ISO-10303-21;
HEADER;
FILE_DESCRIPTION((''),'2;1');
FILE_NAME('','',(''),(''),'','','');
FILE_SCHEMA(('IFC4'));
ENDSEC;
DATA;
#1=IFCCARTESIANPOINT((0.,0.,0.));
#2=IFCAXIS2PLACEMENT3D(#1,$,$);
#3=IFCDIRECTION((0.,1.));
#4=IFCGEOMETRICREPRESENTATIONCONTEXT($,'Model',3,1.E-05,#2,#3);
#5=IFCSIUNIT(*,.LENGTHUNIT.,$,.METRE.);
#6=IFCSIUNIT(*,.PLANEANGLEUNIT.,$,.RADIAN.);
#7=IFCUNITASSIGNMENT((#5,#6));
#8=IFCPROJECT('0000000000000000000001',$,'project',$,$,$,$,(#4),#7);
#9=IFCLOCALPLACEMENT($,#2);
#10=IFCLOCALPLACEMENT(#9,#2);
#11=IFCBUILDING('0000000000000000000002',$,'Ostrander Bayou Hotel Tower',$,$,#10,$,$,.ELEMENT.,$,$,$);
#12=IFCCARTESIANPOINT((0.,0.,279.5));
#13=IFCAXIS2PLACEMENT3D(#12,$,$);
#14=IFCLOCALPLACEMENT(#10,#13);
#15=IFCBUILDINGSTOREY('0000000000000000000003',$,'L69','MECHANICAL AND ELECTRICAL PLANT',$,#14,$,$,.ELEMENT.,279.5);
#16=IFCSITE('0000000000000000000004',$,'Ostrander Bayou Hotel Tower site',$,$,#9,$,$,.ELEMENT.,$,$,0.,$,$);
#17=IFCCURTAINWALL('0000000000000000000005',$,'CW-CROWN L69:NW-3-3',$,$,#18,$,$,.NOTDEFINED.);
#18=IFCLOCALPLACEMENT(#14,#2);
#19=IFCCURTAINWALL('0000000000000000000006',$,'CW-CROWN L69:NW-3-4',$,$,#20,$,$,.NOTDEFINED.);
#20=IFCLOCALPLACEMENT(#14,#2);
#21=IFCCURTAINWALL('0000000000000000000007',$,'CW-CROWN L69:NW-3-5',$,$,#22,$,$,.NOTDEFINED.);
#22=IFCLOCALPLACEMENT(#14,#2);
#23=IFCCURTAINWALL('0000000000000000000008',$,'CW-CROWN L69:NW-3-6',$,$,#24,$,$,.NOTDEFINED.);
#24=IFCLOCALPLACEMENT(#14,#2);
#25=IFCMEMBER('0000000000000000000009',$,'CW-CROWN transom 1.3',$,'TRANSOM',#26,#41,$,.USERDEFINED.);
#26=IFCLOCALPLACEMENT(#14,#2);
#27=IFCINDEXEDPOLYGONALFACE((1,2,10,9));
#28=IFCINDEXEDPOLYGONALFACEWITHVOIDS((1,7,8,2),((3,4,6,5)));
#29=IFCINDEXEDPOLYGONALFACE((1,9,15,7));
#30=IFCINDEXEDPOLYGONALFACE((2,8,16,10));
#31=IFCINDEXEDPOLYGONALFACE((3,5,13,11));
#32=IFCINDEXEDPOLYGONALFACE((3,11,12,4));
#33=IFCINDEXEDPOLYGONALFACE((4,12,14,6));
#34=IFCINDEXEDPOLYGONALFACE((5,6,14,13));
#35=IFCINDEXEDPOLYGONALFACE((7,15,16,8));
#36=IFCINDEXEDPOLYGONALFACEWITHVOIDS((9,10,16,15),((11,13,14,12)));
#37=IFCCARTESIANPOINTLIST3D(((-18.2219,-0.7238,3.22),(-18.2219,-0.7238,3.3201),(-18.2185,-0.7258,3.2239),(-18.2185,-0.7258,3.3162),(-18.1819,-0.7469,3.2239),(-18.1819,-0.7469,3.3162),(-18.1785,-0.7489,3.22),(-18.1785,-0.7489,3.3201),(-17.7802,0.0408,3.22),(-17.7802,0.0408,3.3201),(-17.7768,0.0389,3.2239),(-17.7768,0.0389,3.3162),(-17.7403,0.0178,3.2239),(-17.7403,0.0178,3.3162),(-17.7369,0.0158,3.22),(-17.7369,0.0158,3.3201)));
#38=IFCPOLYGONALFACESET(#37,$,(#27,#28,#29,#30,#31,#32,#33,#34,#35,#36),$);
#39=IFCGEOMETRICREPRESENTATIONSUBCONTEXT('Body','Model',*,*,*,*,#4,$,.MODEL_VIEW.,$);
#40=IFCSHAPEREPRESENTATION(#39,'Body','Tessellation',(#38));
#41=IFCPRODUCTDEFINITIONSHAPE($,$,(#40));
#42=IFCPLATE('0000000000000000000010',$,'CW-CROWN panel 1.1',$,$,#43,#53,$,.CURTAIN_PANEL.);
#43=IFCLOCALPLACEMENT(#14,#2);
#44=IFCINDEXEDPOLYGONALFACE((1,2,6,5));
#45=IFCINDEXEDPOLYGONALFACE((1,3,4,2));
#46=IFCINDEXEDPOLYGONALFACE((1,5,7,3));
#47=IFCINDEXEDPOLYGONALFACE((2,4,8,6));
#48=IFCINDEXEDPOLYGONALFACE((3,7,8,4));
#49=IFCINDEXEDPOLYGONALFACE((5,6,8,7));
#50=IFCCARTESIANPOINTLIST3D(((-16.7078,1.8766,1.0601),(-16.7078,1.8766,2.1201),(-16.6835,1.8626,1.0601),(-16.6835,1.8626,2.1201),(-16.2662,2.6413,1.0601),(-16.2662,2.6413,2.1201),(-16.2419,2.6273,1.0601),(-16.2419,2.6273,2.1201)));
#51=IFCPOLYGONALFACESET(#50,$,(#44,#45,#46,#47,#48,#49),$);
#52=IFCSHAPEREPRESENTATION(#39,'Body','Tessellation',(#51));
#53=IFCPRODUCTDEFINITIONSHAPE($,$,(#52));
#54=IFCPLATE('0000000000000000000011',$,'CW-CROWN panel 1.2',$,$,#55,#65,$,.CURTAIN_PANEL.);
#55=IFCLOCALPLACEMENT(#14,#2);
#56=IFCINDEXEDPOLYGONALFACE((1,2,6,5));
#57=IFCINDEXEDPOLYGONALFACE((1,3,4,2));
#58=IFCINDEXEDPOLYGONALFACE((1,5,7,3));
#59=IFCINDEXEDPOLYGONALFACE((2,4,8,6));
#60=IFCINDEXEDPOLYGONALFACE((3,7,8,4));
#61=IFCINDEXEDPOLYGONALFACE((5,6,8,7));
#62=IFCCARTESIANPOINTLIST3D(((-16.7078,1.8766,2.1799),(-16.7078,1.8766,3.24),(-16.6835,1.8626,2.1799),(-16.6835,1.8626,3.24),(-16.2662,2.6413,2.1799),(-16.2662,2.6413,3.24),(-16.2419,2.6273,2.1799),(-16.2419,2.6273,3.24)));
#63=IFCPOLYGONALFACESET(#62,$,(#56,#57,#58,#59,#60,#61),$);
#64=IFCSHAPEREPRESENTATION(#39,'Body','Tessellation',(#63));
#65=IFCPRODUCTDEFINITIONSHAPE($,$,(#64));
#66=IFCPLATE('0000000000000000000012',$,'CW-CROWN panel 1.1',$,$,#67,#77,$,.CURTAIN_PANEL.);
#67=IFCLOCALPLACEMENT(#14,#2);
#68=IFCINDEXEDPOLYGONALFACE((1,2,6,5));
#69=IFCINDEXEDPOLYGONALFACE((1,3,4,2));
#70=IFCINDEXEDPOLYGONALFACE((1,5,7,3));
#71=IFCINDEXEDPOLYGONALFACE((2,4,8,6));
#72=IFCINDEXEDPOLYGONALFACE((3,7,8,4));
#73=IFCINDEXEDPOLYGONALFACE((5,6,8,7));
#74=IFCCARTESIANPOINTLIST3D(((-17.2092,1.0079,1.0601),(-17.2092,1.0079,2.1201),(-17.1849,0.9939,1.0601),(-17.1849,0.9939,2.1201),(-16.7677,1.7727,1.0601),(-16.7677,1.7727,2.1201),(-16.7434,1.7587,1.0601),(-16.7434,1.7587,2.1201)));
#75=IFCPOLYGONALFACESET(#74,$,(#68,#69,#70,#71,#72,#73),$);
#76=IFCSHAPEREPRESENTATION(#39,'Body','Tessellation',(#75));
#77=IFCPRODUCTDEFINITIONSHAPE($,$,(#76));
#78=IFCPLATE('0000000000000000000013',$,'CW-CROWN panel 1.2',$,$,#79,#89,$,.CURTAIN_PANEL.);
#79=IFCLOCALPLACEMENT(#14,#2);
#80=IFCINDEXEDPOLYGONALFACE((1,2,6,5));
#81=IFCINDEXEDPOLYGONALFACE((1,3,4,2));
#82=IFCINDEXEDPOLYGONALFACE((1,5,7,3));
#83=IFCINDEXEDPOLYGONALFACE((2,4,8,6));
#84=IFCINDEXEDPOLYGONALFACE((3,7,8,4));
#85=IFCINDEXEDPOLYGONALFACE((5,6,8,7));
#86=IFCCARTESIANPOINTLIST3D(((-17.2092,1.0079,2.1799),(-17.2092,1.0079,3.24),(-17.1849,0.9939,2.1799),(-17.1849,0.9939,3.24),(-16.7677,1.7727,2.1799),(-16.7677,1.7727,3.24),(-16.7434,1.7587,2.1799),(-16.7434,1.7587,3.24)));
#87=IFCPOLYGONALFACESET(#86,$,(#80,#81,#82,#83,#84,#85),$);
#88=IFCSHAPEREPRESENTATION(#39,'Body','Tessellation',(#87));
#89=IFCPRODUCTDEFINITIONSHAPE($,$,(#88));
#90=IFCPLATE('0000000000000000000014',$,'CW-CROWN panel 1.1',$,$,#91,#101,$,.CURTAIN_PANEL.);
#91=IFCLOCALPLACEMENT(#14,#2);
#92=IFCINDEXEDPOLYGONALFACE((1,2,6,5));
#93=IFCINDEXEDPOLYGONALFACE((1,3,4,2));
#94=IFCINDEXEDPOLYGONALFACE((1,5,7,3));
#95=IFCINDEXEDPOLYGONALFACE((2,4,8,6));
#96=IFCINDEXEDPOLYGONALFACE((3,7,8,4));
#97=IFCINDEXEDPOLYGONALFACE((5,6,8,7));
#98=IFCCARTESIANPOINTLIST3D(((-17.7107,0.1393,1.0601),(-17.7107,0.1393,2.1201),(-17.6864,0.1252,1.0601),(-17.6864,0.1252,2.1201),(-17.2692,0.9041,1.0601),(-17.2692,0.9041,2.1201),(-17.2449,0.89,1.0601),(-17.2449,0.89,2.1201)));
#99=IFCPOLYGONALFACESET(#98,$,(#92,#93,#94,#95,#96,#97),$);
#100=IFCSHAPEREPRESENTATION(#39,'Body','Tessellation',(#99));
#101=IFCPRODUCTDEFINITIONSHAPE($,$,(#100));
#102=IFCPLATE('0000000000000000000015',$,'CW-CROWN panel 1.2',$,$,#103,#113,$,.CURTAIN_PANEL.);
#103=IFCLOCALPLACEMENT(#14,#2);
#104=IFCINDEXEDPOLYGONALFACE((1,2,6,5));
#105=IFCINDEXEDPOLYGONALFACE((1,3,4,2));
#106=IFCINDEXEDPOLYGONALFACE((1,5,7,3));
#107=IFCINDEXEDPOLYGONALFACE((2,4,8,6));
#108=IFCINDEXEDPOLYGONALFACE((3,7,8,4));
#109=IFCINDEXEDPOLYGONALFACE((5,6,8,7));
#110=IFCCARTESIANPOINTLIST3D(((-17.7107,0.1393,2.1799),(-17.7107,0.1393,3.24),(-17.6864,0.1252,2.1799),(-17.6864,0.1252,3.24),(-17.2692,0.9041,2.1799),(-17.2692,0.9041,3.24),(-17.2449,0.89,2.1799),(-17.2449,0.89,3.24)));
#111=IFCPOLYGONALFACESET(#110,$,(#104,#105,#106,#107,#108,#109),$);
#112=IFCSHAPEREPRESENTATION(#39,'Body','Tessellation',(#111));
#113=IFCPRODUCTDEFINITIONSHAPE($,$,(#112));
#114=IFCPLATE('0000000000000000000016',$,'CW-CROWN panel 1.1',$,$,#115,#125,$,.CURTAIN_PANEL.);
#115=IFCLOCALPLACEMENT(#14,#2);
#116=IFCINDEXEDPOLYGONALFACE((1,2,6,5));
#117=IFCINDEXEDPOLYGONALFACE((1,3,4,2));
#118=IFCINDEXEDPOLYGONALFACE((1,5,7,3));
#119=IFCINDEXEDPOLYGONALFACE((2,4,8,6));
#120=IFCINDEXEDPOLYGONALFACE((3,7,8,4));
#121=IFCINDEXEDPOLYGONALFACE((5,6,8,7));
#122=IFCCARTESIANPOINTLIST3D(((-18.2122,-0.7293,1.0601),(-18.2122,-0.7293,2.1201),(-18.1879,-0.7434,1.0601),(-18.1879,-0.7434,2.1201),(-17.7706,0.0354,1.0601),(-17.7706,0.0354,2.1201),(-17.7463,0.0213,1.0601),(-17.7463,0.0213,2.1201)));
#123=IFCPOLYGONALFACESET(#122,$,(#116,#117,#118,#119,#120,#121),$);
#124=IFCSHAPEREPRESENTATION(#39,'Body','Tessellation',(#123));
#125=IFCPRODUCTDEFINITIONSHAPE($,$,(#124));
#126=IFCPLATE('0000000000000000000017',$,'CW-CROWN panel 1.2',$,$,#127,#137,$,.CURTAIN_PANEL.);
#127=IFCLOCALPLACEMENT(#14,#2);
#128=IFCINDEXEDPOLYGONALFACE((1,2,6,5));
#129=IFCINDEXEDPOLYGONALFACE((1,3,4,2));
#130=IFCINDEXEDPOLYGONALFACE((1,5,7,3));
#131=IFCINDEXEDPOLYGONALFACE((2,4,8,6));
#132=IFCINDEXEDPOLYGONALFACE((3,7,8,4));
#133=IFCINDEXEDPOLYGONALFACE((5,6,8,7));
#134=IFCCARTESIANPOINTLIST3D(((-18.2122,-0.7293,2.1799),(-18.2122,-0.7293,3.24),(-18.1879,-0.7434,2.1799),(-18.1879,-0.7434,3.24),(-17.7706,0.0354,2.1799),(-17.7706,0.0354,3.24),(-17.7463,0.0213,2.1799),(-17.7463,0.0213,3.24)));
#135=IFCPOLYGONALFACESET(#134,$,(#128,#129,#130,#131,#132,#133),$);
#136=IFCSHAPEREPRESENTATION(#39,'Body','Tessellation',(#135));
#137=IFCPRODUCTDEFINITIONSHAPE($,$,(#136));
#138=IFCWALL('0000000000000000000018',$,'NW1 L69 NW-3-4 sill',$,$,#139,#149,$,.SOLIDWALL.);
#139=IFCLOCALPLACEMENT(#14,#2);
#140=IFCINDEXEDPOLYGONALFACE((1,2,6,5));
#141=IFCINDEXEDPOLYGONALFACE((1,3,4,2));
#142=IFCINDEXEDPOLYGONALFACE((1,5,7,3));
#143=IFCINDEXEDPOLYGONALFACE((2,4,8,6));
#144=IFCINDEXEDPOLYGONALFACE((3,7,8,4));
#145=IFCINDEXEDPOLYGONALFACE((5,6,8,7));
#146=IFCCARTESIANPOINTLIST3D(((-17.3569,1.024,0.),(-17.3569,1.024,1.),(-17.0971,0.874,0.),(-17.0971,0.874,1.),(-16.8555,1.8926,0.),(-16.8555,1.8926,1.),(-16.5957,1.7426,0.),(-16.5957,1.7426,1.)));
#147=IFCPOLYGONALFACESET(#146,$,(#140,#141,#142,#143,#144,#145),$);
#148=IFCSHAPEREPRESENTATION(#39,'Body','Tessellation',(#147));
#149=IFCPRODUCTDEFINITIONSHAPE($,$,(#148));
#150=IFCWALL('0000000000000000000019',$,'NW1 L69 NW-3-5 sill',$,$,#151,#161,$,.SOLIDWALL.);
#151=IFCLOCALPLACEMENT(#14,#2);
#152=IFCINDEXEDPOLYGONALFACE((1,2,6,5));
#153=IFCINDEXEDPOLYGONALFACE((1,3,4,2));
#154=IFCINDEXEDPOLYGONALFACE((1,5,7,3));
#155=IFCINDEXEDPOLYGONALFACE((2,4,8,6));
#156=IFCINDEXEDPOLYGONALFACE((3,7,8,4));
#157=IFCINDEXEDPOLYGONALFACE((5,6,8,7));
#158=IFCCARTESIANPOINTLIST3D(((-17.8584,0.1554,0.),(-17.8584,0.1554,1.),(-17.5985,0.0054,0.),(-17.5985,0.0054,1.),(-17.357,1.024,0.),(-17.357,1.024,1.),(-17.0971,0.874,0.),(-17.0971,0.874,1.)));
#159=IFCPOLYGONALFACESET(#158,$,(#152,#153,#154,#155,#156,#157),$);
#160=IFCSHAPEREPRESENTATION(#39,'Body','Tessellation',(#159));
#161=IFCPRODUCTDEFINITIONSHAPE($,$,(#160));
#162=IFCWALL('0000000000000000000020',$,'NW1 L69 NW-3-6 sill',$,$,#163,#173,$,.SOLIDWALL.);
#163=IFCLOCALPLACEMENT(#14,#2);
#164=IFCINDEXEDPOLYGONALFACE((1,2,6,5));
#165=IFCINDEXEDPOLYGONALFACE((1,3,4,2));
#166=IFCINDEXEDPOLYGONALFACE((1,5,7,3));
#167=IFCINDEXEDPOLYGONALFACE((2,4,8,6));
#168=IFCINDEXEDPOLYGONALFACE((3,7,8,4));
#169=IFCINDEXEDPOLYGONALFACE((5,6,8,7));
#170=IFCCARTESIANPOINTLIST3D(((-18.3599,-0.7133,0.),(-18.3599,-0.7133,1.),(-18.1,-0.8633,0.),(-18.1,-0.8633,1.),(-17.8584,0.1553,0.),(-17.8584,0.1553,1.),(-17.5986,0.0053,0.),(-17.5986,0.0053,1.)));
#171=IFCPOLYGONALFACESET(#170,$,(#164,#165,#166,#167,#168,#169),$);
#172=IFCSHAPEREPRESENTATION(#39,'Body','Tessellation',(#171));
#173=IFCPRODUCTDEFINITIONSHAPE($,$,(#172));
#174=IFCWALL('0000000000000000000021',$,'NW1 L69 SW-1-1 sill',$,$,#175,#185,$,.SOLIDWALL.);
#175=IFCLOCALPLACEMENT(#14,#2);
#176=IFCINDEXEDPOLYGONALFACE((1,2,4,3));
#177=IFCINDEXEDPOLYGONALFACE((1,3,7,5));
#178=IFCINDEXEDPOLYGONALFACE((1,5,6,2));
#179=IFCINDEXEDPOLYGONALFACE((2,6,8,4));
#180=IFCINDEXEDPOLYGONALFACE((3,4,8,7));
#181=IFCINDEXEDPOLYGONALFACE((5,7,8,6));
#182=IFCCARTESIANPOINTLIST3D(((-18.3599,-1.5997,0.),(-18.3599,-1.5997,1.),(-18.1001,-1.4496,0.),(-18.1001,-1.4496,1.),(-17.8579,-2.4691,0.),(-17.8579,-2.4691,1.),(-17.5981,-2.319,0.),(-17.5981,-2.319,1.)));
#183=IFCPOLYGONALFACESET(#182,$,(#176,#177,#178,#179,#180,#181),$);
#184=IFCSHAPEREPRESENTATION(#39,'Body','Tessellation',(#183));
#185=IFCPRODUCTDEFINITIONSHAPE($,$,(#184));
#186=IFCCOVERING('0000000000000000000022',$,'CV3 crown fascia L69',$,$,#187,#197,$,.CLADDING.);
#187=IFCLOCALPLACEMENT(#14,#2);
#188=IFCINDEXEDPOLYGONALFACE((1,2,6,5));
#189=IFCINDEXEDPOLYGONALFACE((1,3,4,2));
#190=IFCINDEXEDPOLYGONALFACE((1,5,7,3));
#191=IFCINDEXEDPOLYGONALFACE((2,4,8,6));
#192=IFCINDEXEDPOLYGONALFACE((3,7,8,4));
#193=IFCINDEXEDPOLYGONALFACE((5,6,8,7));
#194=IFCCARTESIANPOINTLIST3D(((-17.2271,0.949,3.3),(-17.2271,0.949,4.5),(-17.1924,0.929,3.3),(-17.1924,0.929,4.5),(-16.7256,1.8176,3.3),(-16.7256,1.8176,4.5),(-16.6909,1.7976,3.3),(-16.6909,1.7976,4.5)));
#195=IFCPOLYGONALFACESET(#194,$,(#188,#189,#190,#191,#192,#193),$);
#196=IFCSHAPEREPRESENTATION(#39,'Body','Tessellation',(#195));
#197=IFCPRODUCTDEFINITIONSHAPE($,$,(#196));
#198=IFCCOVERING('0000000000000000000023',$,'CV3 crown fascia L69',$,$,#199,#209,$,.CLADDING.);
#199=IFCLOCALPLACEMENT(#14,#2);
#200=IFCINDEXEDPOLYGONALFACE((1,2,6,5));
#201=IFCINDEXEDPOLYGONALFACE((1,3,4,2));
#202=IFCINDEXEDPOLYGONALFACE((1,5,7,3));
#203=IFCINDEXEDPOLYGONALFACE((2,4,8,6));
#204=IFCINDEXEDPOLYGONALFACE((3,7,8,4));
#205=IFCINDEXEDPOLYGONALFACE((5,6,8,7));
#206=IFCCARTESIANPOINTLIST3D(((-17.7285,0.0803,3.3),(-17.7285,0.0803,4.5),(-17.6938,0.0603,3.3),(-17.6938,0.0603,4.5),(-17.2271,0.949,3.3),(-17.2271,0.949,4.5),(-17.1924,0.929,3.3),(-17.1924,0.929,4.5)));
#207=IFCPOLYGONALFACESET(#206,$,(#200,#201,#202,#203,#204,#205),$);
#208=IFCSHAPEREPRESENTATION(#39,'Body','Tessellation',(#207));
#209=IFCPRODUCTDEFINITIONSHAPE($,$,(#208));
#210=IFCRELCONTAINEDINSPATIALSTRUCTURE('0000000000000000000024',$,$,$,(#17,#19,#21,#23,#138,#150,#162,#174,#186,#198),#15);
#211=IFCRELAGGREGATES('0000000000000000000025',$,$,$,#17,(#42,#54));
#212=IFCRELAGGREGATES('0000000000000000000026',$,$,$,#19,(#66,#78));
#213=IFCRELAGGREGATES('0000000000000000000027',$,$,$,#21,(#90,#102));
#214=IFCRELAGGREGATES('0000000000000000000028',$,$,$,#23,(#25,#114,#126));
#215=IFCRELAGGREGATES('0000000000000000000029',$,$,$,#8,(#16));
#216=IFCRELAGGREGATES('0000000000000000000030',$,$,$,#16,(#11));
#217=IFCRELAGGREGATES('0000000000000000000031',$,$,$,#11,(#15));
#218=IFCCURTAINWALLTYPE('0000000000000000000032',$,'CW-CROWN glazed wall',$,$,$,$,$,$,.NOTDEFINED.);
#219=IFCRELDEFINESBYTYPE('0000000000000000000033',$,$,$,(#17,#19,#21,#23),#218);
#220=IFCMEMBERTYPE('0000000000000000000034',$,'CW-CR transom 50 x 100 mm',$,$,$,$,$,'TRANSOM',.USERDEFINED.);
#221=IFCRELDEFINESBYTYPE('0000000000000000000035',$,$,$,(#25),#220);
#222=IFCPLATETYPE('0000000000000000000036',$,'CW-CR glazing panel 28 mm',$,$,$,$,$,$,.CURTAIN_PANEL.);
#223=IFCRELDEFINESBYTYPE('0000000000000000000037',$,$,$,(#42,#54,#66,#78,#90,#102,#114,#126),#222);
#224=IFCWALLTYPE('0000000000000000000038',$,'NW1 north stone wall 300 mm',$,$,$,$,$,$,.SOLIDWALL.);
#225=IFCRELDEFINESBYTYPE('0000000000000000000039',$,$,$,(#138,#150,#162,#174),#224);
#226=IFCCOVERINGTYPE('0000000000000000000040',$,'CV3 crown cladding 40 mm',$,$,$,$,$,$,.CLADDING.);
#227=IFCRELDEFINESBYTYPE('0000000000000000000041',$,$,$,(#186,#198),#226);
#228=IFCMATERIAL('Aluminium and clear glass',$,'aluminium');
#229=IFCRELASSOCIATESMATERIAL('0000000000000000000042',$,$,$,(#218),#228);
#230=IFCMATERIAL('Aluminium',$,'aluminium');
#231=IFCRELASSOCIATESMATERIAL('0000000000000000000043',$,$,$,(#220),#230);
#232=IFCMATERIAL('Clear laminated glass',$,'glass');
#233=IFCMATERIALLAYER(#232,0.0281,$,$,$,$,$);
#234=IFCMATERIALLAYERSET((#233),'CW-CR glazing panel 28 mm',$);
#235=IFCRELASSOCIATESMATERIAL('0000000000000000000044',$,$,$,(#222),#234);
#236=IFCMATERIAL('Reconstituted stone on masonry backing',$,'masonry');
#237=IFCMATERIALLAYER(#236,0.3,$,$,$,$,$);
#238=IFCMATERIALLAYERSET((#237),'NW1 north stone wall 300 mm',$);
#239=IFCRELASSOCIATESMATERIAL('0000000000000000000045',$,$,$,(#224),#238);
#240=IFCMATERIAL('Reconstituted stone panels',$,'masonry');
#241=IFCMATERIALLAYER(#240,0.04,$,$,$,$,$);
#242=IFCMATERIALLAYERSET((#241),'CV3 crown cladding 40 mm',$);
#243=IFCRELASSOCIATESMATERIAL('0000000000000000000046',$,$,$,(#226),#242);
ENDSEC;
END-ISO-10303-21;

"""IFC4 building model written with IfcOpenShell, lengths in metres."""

from ifc_helpers import new_model, si_unit, direction, frame, frame_2d, origin, origin_2d, place, context, subcontext, project, spatial, polyline, rectangle, hollow_rectangle, outline, extrude, material, layer, layer_set, material_profile, profile_set, type_object, element, aggregate, save


model = new_model("IFC4")

# Units and contexts
model_context = context("Model", 3, precision=1e-05, world=origin(), true_north=direction((0.0, 1.0)))
body_context = subcontext(model_context, "Body", "Model", "MODEL_VIEW")
ifc_project = project(units=[si_unit("LENGTHUNIT", "METRE"), si_unit("PLANEANGLEUNIT", "RADIAN")], contexts=[model_context])

# Site, building, storey
site_placement = place(None, origin())
site = spatial("IfcSite", under=ifc_project, at=site_placement, Name="Ostrander Bayou Hotel Tower site", CompositionType="ELEMENT", RefElevation=0.0)
building_placement = place(site_placement, origin())
building = spatial("IfcBuilding", under=site, at=building_placement, Name="Ostrander Bayou Hotel Tower", CompositionType="ELEMENT")
storey_placement = place(building_placement, frame((0.0, 0.0, 279.5)))
storey = spatial("IfcBuildingStorey", under=building, at=storey_placement, Name="L69", Description="MECHANICAL AND ELECTRICAL PLANT", CompositionType="ELEMENT", Elevation=279.5)

# Curtain walls
ifc_material_1 = material(Name="Aluminium and clear glass", Category="aluminium")
curtain_wall_type = type_object("IfcCurtainWallType", Name="CW-CROWN glazed wall", PredefinedType="NOTDEFINED", material=ifc_material_1)
curtain_wall_1_placement = place(storey_placement, origin())
curtain_wall_1 = element("IfcCurtainWall", 1, at=curtain_wall_1_placement, inside=storey, type_object=curtain_wall_type, Name="CW-CROWN L69:NW-3-3", PredefinedType="NOTDEFINED")
curtain_wall_2_placement = place(storey_placement, origin())
curtain_wall_2 = element("IfcCurtainWall", 2, at=curtain_wall_2_placement, inside=storey, type_object=curtain_wall_type, Name="CW-CROWN L69:NW-3-4", PredefinedType="NOTDEFINED")
curtain_wall_3_placement = place(storey_placement, origin())
curtain_wall_3 = element("IfcCurtainWall", 3, at=curtain_wall_3_placement, inside=storey, type_object=curtain_wall_type, Name="CW-CROWN L69:NW-3-5", PredefinedType="NOTDEFINED")
curtain_wall_4_placement = place(storey_placement, origin())
curtain_wall_4 = element("IfcCurtainWall", 4, at=curtain_wall_4_placement, inside=storey, type_object=curtain_wall_type, Name="CW-CROWN L69:NW-3-6", PredefinedType="NOTDEFINED")

# Member
ifc_material_2 = material(Name="Aluminium", Category="aluminium")
ifc_material_profile_1 = material_profile(ifc_material_2, hollow_rectangle(XDim=0.05, YDim=0.1001, WallThickness=0.0039, at=origin_2d()))
ifc_profile_set_1 = profile_set([ifc_material_profile_1], Name="Aluminium")
member_type_1 = type_object("IfcMemberType", Name="CW-CR transom 50 x 100 mm", ElementType="TRANSOM", PredefinedType="USERDEFINED", material=ifc_profile_set_1)
member_1_placement = place(storey_placement, frame((-17.7585, 0.0283, 3.27), z_axis=(-0.500153, -0.865937, 0.0), x_axis=(0.865937, -0.500153, 0.0)))
member_1 = element("IfcMember", 5, at=member_1_placement, type_object=member_type_1, Name="CW-CROWN transom 1.3", ObjectType="TRANSOM", PredefinedType="USERDEFINED", context=body_context, shape_type="SweptSolid", body=[
    extrude(hollow_rectangle(XDim=0.05, YDim=0.1001, WallThickness=0.0039, at=origin_2d()), origin(), (0.0, 0.0, 1.0), 0.8831),
])

# Plates
ifc_material_3 = material(Name="Clear laminated glass", Category="glass")
ifc_layer_1 = layer(ifc_material_3, 0.0281)
ifc_layer_set_1 = layer_set([ifc_layer_1], Name="CW-CR glazing panel 28 mm")
plate_type = type_object("IfcPlateType", Name="CW-CR glazing panel 28 mm", PredefinedType="CURTAIN_PANEL", material=ifc_layer_set_1)
plate_1_placement = place(storey_placement, frame((-16.4749, 2.252, 1.0601), z_axis=(0.0, 0.0, 1.0), x_axis=(-0.50001, -0.86602, 0.0)))
plate_1 = element("IfcPlate", 6, at=plate_1_placement, type_object=plate_type, Name="CW-CROWN panel 1.1", PredefinedType="CURTAIN_PANEL", context=body_context, shape_type="SweptSolid", body=[
    extrude(rectangle(XDim=0.8831, YDim=0.0281, at=origin_2d()), origin(), (0.0, 0.0, 1.0), 1.0601),
])
plate_2_placement = place(storey_placement, frame((-16.4749, 2.252, 2.1799), z_axis=(0.0, 0.0, 1.0), x_axis=(-0.50001, -0.86602, 0.0)))
plate_2 = element("IfcPlate", 7, at=plate_2_placement, type_object=plate_type, Name="CW-CROWN panel 1.2", PredefinedType="CURTAIN_PANEL", context=body_context, shape_type="SweptSolid", body=[
    extrude(rectangle(XDim=0.8831, YDim=0.0281, at=origin_2d()), origin(), (0.0, 0.0, 1.0), 1.0601),
])
aggregate(curtain_wall_1, [plate_1, plate_2])
plate_3_placement = place(storey_placement, frame((-16.9763, 1.3833, 1.0601), z_axis=(0.0, 0.0, 1.0), x_axis=(-0.499967, -0.866044, 0.0)))
plate_3 = element("IfcPlate", 8, at=plate_3_placement, type_object=plate_type, Name="CW-CROWN panel 1.1", PredefinedType="CURTAIN_PANEL", context=body_context, shape_type="SweptSolid", body=[
    extrude(rectangle(XDim=0.8831, YDim=0.0281, at=origin_2d()), origin(), (0.0, 0.0, 1.0), 1.0601),
])
plate_4_placement = place(storey_placement, frame((-16.9763, 1.3833, 2.1799), z_axis=(0.0, 0.0, 1.0), x_axis=(-0.499967, -0.866044, 0.0)))
plate_4 = element("IfcPlate", 9, at=plate_4_placement, type_object=plate_type, Name="CW-CROWN panel 1.2", PredefinedType="CURTAIN_PANEL", context=body_context, shape_type="SweptSolid", body=[
    extrude(rectangle(XDim=0.8831, YDim=0.0281, at=origin_2d()), origin(), (0.0, 0.0, 1.0), 1.0601),
])
aggregate(curtain_wall_2, [plate_3, plate_4])
plate_5_placement = place(storey_placement, frame((-17.4778, 0.5146, 1.0601), z_axis=(0.0, 0.0, 1.0), x_axis=(-0.499967, -0.866044, 0.0)))
plate_5 = element("IfcPlate", 10, at=plate_5_placement, type_object=plate_type, Name="CW-CROWN panel 1.1", PredefinedType="CURTAIN_PANEL", context=body_context, shape_type="SweptSolid", body=[
    extrude(rectangle(XDim=0.8831, YDim=0.0281, at=origin_2d()), origin(), (0.0, 0.0, 1.0), 1.0601),
])
plate_6_placement = place(storey_placement, frame((-17.4778, 0.5146, 2.1799), z_axis=(0.0, 0.0, 1.0), x_axis=(-0.499967, -0.866044, 0.0)))
plate_6 = element("IfcPlate", 11, at=plate_6_placement, type_object=plate_type, Name="CW-CROWN panel 1.2", PredefinedType="CURTAIN_PANEL", context=body_context, shape_type="SweptSolid", body=[
    extrude(rectangle(XDim=0.8831, YDim=0.0281, at=origin_2d()), origin(), (0.0, 0.0, 1.0), 1.0601),
])
aggregate(curtain_wall_3, [plate_5, plate_6])
plate_7_placement = place(storey_placement, frame((-17.9792, -0.354, 1.0601), z_axis=(0.0, 0.0, 1.0), x_axis=(-0.500085, -0.865976, 0.0)))
plate_7 = element("IfcPlate", 12, at=plate_7_placement, type_object=plate_type, Name="CW-CROWN panel 1.1", PredefinedType="CURTAIN_PANEL", context=body_context, shape_type="SweptSolid", body=[
    extrude(rectangle(XDim=0.8831, YDim=0.0281, at=origin_2d()), origin(), (0.0, 0.0, 1.0), 1.0601),
])
plate_8_placement = place(storey_placement, frame((-17.9792, -0.354, 2.1799), z_axis=(0.0, 0.0, 1.0), x_axis=(-0.500085, -0.865976, 0.0)))
plate_8 = element("IfcPlate", 13, at=plate_8_placement, type_object=plate_type, Name="CW-CROWN panel 1.2", PredefinedType="CURTAIN_PANEL", context=body_context, shape_type="SweptSolid", body=[
    extrude(rectangle(XDim=0.8831, YDim=0.0281, at=origin_2d()), origin(), (0.0, 0.0, 1.0), 1.0601),
])
aggregate(curtain_wall_4, [member_1, plate_7, plate_8])

# Walls
ifc_material_4 = material(Name="Reconstituted stone on masonry backing", Category="masonry")
ifc_layer_2 = layer(ifc_material_4, 0.3)
ifc_layer_set_2 = layer_set([ifc_layer_2], Name="NW1 north stone wall 300 mm")
wall_type = type_object("IfcWallType", Name="NW1 north stone wall 300 mm", PredefinedType="SOLIDWALL", material=ifc_layer_set_2)
for number, where, z_axis, x_axis, name in (
    (14, (-16.7256, 1.8176, 0.0), (0.0, 0.0, 1.0), (-0.499961, -0.866048, 0.0), "NW1 L69 NW-3-4 sill"),
    (15, (-17.2271, 0.949, 0.0), (0.0, 0.0, 1.0), (-0.499961, -0.866048, 0.0), "NW1 L69 NW-3-5 sill"),
    (16, (-17.7285, 0.0803, 0.0), (0.0, 0.0, 1.0), (-0.499961, -0.866048, 0.0), "NW1 L69 NW-3-6 sill"),
):
    element("IfcWall", number, at=place(storey_placement, frame(where, z_axis=z_axis, x_axis=x_axis)), inside=storey, type_object=wall_type, Name=name, PredefinedType="SOLIDWALL", context=body_context, shape_type="SweptSolid", body=[
        extrude(rectangle(XDim=1.0029, YDim=0.3, at=frame_2d((0.5015, 0.0))), origin(), (0.0, 0.0, 1.0), 1.0),
    ])
wall_placement = place(storey_placement, frame((-18.23, -1.5247, 0.0), z_axis=(0.0, 0.0, 1.0), x_axis=(0.50001, -0.86602, 0.0)))
element("IfcWall", 17, at=wall_placement, inside=storey, type_object=wall_type, Name="NW1 L69 SW-1-1 sill", PredefinedType="SOLIDWALL", context=body_context, shape_type="SweptSolid", body=[
    extrude(rectangle(XDim=1.0039, YDim=0.3, at=frame_2d((0.502, 0.0))), origin(), (0.0, 0.0, 1.0), 1.0),
])

# Coverings
ifc_material_5 = material(Name="Reconstituted stone panels", Category="masonry")
ifc_layer_3 = layer(ifc_material_5, 0.04)
ifc_layer_set_3 = layer_set([ifc_layer_3], Name="CV3 crown cladding 40 mm")
covering_type = type_object("IfcCoveringType", Name="CV3 crown cladding 40 mm", PredefinedType="CLADDING", material=ifc_layer_set_3)
for number, where, z_axis, x_axis, name in (
    (18, (-16.7256, 1.8176, 3.3), (-0.866048, 0.499961, 0.0), (-0.499961, -0.866048, 0.0), "CV3 crown fascia L69"),
    (19, (-17.2271, 0.949, 3.3), (-0.866048, 0.499961, 0.0), (-0.499961, -0.866048, 0.0), "CV3 crown fascia L69"),
):
    element("IfcCovering", number, at=place(storey_placement, frame(where, z_axis=z_axis, x_axis=x_axis)), inside=storey, type_object=covering_type, Name=name, PredefinedType="CLADDING", context=body_context, shape_type="SweptSolid", body=[
        extrude(outline(polyline([(0.0, 0.0), (1.003, 0.0), (1.003, 1.2), (0.0, 1.2), (0.0, 0.0)])), origin(), (0.0, 0.0, -1.0), 0.04),
    ])

save(model, "model.ifc")
